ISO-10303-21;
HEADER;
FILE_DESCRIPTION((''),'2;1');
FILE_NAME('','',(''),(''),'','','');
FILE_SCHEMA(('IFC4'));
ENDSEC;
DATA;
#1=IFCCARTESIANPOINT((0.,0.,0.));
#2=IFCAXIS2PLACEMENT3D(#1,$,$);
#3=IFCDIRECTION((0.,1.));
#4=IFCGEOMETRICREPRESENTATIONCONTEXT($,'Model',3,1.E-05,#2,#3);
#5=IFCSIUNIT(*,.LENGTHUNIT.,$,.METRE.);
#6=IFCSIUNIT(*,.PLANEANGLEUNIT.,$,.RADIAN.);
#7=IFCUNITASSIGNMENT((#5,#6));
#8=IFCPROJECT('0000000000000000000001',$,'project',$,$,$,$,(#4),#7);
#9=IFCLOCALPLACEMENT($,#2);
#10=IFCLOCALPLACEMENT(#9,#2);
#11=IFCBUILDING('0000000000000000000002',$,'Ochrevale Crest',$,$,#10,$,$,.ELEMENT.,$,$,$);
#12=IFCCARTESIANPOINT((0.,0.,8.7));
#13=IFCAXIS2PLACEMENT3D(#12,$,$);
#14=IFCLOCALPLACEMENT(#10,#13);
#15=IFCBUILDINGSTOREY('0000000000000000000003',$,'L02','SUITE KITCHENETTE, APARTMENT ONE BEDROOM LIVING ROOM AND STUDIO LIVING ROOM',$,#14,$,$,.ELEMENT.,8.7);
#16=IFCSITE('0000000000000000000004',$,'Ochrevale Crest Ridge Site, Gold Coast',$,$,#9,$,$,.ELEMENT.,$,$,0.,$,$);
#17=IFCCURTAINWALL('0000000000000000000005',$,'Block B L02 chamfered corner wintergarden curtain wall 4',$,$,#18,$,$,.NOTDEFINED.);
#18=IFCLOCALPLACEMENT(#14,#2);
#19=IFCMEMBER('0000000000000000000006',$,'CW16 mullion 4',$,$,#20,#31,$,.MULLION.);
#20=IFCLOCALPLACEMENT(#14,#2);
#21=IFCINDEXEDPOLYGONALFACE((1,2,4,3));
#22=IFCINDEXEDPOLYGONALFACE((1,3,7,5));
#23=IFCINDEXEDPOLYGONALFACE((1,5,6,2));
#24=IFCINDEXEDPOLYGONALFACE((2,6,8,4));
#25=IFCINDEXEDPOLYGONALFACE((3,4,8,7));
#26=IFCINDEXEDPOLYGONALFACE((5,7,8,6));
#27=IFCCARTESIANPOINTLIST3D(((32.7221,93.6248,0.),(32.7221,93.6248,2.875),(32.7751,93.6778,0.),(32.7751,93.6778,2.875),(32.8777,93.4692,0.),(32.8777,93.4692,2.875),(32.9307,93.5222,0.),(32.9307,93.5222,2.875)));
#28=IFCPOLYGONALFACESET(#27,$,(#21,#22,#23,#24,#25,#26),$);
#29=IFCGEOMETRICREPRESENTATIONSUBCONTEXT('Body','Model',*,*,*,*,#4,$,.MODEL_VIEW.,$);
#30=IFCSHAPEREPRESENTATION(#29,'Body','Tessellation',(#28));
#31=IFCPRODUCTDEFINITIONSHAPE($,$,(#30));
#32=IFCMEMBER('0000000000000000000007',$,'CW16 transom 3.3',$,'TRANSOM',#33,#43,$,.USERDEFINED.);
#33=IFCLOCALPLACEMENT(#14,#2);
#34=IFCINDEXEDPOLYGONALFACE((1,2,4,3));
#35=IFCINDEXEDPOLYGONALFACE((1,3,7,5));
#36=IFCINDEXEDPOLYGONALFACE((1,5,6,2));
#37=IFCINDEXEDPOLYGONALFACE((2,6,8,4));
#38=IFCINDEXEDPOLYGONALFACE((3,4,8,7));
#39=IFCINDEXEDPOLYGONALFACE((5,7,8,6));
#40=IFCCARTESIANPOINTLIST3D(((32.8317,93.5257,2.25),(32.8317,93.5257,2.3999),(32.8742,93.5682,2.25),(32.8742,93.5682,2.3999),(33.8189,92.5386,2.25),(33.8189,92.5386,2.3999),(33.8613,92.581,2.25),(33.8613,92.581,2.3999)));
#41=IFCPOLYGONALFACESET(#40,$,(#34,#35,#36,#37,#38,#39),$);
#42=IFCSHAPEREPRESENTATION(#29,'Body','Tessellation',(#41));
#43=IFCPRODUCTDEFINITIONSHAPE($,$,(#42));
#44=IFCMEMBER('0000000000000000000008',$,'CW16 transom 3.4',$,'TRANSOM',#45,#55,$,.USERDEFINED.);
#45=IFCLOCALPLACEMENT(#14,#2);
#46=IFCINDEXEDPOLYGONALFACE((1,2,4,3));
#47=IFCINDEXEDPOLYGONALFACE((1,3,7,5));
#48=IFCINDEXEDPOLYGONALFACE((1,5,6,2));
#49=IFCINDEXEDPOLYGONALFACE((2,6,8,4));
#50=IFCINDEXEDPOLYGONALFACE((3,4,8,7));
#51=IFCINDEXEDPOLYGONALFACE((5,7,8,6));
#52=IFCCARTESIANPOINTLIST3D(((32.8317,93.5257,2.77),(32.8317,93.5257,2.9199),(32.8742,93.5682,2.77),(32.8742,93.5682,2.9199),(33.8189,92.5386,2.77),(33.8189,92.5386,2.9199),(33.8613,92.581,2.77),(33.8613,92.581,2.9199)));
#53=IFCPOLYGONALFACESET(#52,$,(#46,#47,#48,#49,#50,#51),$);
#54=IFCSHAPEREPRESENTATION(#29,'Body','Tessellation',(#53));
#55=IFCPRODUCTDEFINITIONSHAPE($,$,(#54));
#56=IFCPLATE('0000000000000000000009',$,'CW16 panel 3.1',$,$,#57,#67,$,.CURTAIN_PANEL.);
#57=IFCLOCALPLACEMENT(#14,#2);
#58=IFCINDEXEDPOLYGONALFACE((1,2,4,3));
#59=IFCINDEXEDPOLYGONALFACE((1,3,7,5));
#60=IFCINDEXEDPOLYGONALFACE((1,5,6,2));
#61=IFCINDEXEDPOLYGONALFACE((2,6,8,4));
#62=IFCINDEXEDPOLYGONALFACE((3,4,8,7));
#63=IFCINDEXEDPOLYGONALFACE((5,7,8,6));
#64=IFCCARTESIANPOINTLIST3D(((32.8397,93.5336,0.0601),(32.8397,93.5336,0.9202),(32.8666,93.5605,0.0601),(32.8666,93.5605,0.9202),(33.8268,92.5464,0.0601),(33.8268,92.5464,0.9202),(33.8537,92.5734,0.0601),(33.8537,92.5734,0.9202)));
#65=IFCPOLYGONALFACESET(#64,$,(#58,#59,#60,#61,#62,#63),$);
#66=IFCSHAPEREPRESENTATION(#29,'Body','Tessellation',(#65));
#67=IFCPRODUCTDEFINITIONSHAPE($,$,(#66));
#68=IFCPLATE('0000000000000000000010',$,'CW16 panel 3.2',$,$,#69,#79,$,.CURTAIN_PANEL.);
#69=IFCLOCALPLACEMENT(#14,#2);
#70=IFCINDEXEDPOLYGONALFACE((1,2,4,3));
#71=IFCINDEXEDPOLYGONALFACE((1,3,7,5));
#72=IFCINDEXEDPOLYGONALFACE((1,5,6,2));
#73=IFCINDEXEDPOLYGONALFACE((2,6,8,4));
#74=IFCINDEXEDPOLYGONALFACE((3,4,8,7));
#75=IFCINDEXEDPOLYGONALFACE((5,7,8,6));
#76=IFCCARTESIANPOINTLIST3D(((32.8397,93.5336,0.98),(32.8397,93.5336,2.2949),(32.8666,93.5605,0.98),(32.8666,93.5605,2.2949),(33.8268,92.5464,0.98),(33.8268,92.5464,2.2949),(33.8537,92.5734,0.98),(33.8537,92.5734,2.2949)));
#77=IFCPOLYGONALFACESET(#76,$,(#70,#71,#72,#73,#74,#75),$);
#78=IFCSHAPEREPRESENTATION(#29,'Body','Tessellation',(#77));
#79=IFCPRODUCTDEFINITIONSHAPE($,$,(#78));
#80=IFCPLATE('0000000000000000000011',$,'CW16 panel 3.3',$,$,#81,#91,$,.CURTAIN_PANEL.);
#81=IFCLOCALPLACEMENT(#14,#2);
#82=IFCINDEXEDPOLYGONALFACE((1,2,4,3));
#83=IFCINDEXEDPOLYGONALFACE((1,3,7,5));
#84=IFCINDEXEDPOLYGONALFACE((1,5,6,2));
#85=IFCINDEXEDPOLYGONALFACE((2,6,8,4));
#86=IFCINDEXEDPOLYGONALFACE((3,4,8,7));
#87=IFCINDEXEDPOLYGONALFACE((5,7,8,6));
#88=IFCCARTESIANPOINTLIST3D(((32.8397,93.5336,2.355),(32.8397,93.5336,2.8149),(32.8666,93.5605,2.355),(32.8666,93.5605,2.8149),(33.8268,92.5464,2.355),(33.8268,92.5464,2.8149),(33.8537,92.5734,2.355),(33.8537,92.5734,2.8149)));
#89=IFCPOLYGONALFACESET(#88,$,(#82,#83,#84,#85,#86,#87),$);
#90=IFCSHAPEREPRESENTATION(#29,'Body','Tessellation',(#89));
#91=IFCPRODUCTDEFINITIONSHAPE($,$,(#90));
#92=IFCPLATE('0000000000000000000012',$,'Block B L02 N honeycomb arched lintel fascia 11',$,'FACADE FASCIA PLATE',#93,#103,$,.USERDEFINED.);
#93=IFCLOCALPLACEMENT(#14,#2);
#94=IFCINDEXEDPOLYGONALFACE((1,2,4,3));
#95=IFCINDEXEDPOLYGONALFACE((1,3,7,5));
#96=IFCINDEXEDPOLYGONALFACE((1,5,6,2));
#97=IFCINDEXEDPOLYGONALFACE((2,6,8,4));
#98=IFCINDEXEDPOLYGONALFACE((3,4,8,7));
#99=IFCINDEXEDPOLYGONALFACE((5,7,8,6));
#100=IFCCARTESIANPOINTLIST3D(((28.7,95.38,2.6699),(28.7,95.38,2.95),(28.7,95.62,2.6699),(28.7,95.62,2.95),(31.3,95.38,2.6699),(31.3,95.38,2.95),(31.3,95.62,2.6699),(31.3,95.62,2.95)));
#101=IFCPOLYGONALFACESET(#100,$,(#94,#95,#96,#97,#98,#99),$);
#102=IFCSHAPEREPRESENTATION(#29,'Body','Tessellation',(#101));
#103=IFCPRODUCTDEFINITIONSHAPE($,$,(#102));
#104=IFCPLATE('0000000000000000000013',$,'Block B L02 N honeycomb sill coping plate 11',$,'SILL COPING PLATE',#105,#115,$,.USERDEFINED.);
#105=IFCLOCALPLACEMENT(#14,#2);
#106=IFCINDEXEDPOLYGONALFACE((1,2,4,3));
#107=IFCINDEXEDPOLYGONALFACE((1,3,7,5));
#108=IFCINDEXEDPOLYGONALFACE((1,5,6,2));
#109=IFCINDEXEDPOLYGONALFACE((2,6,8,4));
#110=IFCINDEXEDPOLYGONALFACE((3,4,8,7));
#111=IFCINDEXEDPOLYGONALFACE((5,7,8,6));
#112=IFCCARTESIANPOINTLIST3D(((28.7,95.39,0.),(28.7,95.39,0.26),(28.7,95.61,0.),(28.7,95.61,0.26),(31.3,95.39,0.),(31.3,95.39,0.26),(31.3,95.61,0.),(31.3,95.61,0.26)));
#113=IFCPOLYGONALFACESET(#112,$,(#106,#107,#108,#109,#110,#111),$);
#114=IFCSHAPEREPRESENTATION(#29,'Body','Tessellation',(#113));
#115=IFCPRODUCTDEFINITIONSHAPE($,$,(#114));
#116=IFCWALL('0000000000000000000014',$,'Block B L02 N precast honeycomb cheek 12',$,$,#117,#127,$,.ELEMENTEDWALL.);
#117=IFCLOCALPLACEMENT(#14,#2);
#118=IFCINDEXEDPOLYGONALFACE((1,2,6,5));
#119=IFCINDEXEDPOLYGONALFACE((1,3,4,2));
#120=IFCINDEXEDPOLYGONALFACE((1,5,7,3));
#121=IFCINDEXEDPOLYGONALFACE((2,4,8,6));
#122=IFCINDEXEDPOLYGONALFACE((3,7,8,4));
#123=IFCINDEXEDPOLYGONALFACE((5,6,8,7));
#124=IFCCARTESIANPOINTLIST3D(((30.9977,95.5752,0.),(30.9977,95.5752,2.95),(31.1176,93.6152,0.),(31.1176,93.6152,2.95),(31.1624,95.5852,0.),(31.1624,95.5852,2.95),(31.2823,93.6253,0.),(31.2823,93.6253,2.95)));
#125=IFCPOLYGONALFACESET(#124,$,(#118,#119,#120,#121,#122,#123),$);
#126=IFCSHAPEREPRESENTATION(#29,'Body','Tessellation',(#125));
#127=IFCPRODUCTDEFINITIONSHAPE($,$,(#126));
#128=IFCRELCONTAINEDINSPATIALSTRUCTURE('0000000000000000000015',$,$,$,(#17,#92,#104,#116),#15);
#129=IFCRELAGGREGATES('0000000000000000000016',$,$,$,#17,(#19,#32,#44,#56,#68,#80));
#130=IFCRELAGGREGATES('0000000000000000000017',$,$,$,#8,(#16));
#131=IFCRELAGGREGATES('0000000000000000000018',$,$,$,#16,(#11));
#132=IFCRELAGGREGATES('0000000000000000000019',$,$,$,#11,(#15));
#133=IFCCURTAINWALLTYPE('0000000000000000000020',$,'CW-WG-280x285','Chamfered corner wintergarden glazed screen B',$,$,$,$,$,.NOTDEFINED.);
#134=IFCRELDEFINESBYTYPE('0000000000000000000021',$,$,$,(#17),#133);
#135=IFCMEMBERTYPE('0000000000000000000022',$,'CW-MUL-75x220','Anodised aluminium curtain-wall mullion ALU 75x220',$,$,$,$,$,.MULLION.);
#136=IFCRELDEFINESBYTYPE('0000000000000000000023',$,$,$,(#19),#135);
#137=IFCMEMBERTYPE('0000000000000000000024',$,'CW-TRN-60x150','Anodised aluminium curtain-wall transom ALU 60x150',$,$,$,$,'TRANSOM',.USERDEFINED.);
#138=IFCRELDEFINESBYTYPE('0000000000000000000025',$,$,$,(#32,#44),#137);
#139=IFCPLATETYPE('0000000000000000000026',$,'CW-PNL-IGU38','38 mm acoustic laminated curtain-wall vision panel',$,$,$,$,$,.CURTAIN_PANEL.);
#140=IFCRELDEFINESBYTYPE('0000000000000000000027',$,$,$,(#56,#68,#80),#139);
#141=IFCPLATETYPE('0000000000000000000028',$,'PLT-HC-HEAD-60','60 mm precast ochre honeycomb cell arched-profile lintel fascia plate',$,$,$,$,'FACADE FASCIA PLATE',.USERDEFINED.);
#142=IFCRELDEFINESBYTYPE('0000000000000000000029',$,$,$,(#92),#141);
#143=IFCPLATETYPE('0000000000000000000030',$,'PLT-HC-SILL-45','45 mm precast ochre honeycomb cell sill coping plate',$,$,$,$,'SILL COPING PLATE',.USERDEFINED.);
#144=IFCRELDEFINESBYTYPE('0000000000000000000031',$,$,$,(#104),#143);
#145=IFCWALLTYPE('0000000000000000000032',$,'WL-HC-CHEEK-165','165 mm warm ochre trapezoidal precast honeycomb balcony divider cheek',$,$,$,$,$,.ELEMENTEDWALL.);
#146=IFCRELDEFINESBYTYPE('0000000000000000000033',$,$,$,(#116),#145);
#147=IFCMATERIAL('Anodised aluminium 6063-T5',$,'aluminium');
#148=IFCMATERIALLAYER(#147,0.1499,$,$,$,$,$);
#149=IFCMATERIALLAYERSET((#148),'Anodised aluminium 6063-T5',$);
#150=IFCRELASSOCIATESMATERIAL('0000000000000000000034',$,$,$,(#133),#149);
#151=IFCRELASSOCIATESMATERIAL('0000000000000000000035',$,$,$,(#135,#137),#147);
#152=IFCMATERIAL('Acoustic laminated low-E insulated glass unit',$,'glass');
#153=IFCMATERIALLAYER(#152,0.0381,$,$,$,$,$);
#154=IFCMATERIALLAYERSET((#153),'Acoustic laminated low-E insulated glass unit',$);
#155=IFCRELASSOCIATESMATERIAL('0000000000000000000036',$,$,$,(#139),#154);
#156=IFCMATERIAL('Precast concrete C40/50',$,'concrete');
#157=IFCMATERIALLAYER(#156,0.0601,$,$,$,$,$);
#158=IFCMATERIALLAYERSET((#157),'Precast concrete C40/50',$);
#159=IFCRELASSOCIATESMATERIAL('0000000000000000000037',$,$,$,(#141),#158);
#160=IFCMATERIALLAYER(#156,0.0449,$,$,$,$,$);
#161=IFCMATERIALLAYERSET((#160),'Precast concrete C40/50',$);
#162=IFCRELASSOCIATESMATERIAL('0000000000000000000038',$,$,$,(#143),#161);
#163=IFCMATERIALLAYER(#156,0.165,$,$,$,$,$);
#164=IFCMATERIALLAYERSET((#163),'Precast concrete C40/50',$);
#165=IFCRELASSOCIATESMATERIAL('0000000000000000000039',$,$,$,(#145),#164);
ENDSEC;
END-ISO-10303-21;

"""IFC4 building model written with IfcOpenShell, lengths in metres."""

from ifc_helpers import new_model, si_unit, direction, frame, frame_2d, origin, origin_2d, place, context, subcontext, project, spatial, rectangle, extrude, material, layer, layer_set, material_profile, profile_set, type_object, element, aggregate, save


model = new_model("IFC4")

# Units and contexts
model_context = context("Model", 3, precision=1e-05, world=origin(), true_north=direction((0.0, 1.0)))
body_context = subcontext(model_context, "Body", "Model", "MODEL_VIEW")
ifc_project = project(units=[si_unit("LENGTHUNIT", "METRE"), si_unit("PLANEANGLEUNIT", "RADIAN")], contexts=[model_context])

# Site, building, storey
site_placement = place(None, origin())
site = spatial("IfcSite", under=ifc_project, at=site_placement, Name="Ochrevale Crest Ridge Site, Gold Coast", CompositionType="ELEMENT", RefElevation=0.0)
building_placement = place(site_placement, origin())
building = spatial("IfcBuilding", under=site, at=building_placement, Name="Ochrevale Crest", CompositionType="ELEMENT")
storey_placement = place(building_placement, frame((0.0, 0.0, 8.7)))
storey = spatial("IfcBuildingStorey", under=building, at=storey_placement, Name="L02", Description="SUITE KITCHENETTE, APARTMENT ONE BEDROOM LIVING ROOM AND STUDIO LIVING ROOM", CompositionType="ELEMENT", Elevation=8.7)

# Curtain wall, members, plates
ifc_material_1 = material(Name="Anodised aluminium 6063-T5", Category="aluminium")
ifc_layer_1 = layer(ifc_material_1, 0.1499)
ifc_layer_set_1 = layer_set([ifc_layer_1], Name="Anodised aluminium 6063-T5")
curtain_wall_type = type_object("IfcCurtainWallType", Name="CW-WG-280x285", Description="Chamfered corner wintergarden glazed screen B", PredefinedType="NOTDEFINED", material=ifc_layer_set_1)
curtain_wall_placement = place(storey_placement, origin())
curtain_wall = element("IfcCurtainWall", 1, at=curtain_wall_placement, inside=storey, type_object=curtain_wall_type, Name="Block B L02 chamfered corner wintergarden curtain wall 4", PredefinedType="NOTDEFINED")
ifc_material_profile_1 = material_profile(ifc_material_1, rectangle(XDim=0.075, YDim=0.22, at=origin_2d()), Name="ALU 75x220")
ifc_profile_set_1 = profile_set([ifc_material_profile_1], Name="Anodised aluminium 6063-T5")
member_type_1 = type_object("IfcMemberType", Name="CW-MUL-75x220", Description="Anodised aluminium curtain-wall mullion ALU 75x220", PredefinedType="MULLION", material=ifc_profile_set_1)
member_1_placement = place(storey_placement, frame((32.8264, 93.5735, 0.0), z_axis=(0.0, 0.0, 1.0), x_axis=(-0.707107, -0.707107, 0.0)))
member_1 = element("IfcMember", 2, at=member_1_placement, type_object=member_type_1, Name="CW16 mullion 4", PredefinedType="MULLION", context=body_context, shape_type="SweptSolid", body=[
    extrude(rectangle(XDim=0.075, YDim=0.22, at=origin_2d()), origin(), (0.0, 0.0, 1.0), 2.875),
])
ifc_material_profile_2 = material_profile(ifc_material_1, rectangle(XDim=0.0601, YDim=0.1499, at=origin_2d()), Name="ALU 60x150")
ifc_profile_set_2 = profile_set([ifc_material_profile_2], Name="Anodised aluminium 6063-T5")
member_type_2 = type_object("IfcMemberType", Name="CW-TRN-60x150", Description="Anodised aluminium curtain-wall transom ALU 60x150", ElementType="TRANSOM", PredefinedType="USERDEFINED", material=ifc_profile_set_2)
member_2_placement = place(storey_placement, frame((33.8401, 92.5598, 2.325), z_axis=(-0.707107, 0.707107, 0.0), x_axis=(-0.707107, -0.707107, 0.0)))
member_2 = element("IfcMember", 3, at=member_2_placement, type_object=member_type_2, Name="CW16 transom 3.3", ObjectType="TRANSOM", PredefinedType="USERDEFINED", context=body_context, shape_type="SweptSolid", body=[
    extrude(rectangle(XDim=0.0601, YDim=0.1499, at=origin_2d()), origin(), (0.0, 0.0, 1.0), 1.396),
])
member_3_placement = place(storey_placement, frame((33.8401, 92.5598, 2.845), z_axis=(-0.707107, 0.707107, 0.0), x_axis=(-0.707107, -0.707107, 0.0)))
member_3 = element("IfcMember", 4, at=member_3_placement, type_object=member_type_2, Name="CW16 transom 3.4", ObjectType="TRANSOM", PredefinedType="USERDEFINED", context=body_context, shape_type="SweptSolid", body=[
    extrude(rectangle(XDim=0.0601, YDim=0.1499, at=origin_2d()), origin(), (0.0, 0.0, 1.0), 1.396),
])
ifc_material_2 = material(Name="Acoustic laminated low-E insulated glass unit", Category="glass")
ifc_layer_2 = layer(ifc_material_2, 0.0381)
ifc_layer_set_2 = layer_set([ifc_layer_2], Name="Acoustic laminated low-E insulated glass unit")
plate_type_1 = type_object("IfcPlateType", Name="CW-PNL-IGU38", Description="38 mm acoustic laminated curtain-wall vision panel", PredefinedType="CURTAIN_PANEL", material=ifc_layer_set_2)
plate_1_placement = place(storey_placement, frame((33.3467, 93.0535, 0.0601), z_axis=(0.0, 0.0, 1.0), x_axis=(-0.707107, 0.707107, 0.0)))
plate_1 = element("IfcPlate", 5, at=plate_1_placement, type_object=plate_type_1, Name="CW16 panel 3.1", PredefinedType="CURTAIN_PANEL", context=body_context, shape_type="SweptSolid", body=[
    extrude(rectangle(XDim=1.396, YDim=0.0381, at=origin_2d()), origin(), (0.0, 0.0, 1.0), 0.8601),
])
plate_2_placement = place(storey_placement, frame((33.3467, 93.0535, 0.98), z_axis=(0.0, 0.0, 1.0), x_axis=(-0.707107, 0.707107, 0.0)))
plate_2 = element("IfcPlate", 6, at=plate_2_placement, type_object=plate_type_1, Name="CW16 panel 3.2", PredefinedType="CURTAIN_PANEL", context=body_context, shape_type="SweptSolid", body=[
    extrude(rectangle(XDim=1.396, YDim=0.0381, at=origin_2d()), origin(), (0.0, 0.0, 1.0), 1.3149),
])
plate_3_placement = place(storey_placement, frame((33.3467, 93.0535, 2.355), z_axis=(0.0, 0.0, 1.0), x_axis=(-0.707107, 0.707107, 0.0)))
plate_3 = element("IfcPlate", 7, at=plate_3_placement, type_object=plate_type_1, Name="CW16 panel 3.3", PredefinedType="CURTAIN_PANEL", context=body_context, shape_type="SweptSolid", body=[
    extrude(rectangle(XDim=1.396, YDim=0.0381, at=origin_2d()), origin(), (0.0, 0.0, 1.0), 0.46),
])
aggregate(curtain_wall, [member_1, member_2, member_3, plate_1, plate_2, plate_3])

# Plates
ifc_material_3 = material(Name="Precast concrete C40/50", Category="concrete")
ifc_layer_3 = layer(ifc_material_3, 0.0601)
ifc_layer_set_3 = layer_set([ifc_layer_3], Name="Precast concrete C40/50")
plate_type_2 = type_object("IfcPlateType", Name="PLT-HC-HEAD-60", Description="60 mm precast ochre honeycomb cell arched-profile lintel fascia plate", ElementType="FACADE FASCIA PLATE", PredefinedType="USERDEFINED", material=ifc_layer_set_3)
plate_4_placement = place(storey_placement, frame((30.0, 95.5, 2.6699), z_axis=(0.0, 0.0, 1.0), x_axis=(1.0, 0.0, 0.0)))
element("IfcPlate", 8, at=plate_4_placement, inside=storey, type_object=plate_type_2, Name="Block B L02 N honeycomb arched lintel fascia 11", ObjectType="FACADE FASCIA PLATE", PredefinedType="USERDEFINED", context=body_context, shape_type="SweptSolid", body=[
    extrude(rectangle(XDim=2.6001, YDim=0.24, at=origin_2d()), origin(), (0.0, 0.0, 1.0), 0.28),
])
ifc_layer_4 = layer(ifc_material_3, 0.0449)
ifc_layer_set_4 = layer_set([ifc_layer_4], Name="Precast concrete C40/50")
plate_type_3 = type_object("IfcPlateType", Name="PLT-HC-SILL-45", Description="45 mm precast ochre honeycomb cell sill coping plate", ElementType="SILL COPING PLATE", PredefinedType="USERDEFINED", material=ifc_layer_set_4)
plate_5_placement = place(storey_placement, frame((30.0, 95.5, 0.0), z_axis=(0.0, 0.0, 1.0), x_axis=(1.0, 0.0, 0.0)))
element("IfcPlate", 9, at=plate_5_placement, inside=storey, type_object=plate_type_3, Name="Block B L02 N honeycomb sill coping plate 11", ObjectType="SILL COPING PLATE", PredefinedType="USERDEFINED", context=body_context, shape_type="SweptSolid", body=[
    extrude(rectangle(XDim=2.6001, YDim=0.22, at=origin_2d()), origin(), (0.0, 0.0, 1.0), 0.26),
])

# Wall
ifc_layer_5 = layer(ifc_material_3, 0.165)
ifc_layer_set_5 = layer_set([ifc_layer_5], Name="Precast concrete C40/50")
wall_type_1 = type_object("IfcWallType", Name="WL-HC-CHEEK-165", Description="165 mm warm ochre trapezoidal precast honeycomb balcony divider cheek", PredefinedType="ELEMENTEDWALL", material=ifc_layer_set_5)
wall_1_placement = place(storey_placement, frame((31.2, 93.6201, 0.0), z_axis=(0.0, 0.0, 1.0), x_axis=(-0.061047, 0.998135, 0.0)))
element("IfcWall", 10, at=wall_1_placement, inside=storey, type_object=wall_type_1, Name="Block B L02 N precast honeycomb cheek 12", PredefinedType="ELEMENTEDWALL", context=body_context, shape_type="SweptSolid", body=[
    extrude(rectangle(XDim=1.9636, YDim=0.165, at=frame_2d((0.9819, 0.0))), origin(), (0.0, 0.0, 1.0), 2.95),
])

save(model, "model.ifc")
